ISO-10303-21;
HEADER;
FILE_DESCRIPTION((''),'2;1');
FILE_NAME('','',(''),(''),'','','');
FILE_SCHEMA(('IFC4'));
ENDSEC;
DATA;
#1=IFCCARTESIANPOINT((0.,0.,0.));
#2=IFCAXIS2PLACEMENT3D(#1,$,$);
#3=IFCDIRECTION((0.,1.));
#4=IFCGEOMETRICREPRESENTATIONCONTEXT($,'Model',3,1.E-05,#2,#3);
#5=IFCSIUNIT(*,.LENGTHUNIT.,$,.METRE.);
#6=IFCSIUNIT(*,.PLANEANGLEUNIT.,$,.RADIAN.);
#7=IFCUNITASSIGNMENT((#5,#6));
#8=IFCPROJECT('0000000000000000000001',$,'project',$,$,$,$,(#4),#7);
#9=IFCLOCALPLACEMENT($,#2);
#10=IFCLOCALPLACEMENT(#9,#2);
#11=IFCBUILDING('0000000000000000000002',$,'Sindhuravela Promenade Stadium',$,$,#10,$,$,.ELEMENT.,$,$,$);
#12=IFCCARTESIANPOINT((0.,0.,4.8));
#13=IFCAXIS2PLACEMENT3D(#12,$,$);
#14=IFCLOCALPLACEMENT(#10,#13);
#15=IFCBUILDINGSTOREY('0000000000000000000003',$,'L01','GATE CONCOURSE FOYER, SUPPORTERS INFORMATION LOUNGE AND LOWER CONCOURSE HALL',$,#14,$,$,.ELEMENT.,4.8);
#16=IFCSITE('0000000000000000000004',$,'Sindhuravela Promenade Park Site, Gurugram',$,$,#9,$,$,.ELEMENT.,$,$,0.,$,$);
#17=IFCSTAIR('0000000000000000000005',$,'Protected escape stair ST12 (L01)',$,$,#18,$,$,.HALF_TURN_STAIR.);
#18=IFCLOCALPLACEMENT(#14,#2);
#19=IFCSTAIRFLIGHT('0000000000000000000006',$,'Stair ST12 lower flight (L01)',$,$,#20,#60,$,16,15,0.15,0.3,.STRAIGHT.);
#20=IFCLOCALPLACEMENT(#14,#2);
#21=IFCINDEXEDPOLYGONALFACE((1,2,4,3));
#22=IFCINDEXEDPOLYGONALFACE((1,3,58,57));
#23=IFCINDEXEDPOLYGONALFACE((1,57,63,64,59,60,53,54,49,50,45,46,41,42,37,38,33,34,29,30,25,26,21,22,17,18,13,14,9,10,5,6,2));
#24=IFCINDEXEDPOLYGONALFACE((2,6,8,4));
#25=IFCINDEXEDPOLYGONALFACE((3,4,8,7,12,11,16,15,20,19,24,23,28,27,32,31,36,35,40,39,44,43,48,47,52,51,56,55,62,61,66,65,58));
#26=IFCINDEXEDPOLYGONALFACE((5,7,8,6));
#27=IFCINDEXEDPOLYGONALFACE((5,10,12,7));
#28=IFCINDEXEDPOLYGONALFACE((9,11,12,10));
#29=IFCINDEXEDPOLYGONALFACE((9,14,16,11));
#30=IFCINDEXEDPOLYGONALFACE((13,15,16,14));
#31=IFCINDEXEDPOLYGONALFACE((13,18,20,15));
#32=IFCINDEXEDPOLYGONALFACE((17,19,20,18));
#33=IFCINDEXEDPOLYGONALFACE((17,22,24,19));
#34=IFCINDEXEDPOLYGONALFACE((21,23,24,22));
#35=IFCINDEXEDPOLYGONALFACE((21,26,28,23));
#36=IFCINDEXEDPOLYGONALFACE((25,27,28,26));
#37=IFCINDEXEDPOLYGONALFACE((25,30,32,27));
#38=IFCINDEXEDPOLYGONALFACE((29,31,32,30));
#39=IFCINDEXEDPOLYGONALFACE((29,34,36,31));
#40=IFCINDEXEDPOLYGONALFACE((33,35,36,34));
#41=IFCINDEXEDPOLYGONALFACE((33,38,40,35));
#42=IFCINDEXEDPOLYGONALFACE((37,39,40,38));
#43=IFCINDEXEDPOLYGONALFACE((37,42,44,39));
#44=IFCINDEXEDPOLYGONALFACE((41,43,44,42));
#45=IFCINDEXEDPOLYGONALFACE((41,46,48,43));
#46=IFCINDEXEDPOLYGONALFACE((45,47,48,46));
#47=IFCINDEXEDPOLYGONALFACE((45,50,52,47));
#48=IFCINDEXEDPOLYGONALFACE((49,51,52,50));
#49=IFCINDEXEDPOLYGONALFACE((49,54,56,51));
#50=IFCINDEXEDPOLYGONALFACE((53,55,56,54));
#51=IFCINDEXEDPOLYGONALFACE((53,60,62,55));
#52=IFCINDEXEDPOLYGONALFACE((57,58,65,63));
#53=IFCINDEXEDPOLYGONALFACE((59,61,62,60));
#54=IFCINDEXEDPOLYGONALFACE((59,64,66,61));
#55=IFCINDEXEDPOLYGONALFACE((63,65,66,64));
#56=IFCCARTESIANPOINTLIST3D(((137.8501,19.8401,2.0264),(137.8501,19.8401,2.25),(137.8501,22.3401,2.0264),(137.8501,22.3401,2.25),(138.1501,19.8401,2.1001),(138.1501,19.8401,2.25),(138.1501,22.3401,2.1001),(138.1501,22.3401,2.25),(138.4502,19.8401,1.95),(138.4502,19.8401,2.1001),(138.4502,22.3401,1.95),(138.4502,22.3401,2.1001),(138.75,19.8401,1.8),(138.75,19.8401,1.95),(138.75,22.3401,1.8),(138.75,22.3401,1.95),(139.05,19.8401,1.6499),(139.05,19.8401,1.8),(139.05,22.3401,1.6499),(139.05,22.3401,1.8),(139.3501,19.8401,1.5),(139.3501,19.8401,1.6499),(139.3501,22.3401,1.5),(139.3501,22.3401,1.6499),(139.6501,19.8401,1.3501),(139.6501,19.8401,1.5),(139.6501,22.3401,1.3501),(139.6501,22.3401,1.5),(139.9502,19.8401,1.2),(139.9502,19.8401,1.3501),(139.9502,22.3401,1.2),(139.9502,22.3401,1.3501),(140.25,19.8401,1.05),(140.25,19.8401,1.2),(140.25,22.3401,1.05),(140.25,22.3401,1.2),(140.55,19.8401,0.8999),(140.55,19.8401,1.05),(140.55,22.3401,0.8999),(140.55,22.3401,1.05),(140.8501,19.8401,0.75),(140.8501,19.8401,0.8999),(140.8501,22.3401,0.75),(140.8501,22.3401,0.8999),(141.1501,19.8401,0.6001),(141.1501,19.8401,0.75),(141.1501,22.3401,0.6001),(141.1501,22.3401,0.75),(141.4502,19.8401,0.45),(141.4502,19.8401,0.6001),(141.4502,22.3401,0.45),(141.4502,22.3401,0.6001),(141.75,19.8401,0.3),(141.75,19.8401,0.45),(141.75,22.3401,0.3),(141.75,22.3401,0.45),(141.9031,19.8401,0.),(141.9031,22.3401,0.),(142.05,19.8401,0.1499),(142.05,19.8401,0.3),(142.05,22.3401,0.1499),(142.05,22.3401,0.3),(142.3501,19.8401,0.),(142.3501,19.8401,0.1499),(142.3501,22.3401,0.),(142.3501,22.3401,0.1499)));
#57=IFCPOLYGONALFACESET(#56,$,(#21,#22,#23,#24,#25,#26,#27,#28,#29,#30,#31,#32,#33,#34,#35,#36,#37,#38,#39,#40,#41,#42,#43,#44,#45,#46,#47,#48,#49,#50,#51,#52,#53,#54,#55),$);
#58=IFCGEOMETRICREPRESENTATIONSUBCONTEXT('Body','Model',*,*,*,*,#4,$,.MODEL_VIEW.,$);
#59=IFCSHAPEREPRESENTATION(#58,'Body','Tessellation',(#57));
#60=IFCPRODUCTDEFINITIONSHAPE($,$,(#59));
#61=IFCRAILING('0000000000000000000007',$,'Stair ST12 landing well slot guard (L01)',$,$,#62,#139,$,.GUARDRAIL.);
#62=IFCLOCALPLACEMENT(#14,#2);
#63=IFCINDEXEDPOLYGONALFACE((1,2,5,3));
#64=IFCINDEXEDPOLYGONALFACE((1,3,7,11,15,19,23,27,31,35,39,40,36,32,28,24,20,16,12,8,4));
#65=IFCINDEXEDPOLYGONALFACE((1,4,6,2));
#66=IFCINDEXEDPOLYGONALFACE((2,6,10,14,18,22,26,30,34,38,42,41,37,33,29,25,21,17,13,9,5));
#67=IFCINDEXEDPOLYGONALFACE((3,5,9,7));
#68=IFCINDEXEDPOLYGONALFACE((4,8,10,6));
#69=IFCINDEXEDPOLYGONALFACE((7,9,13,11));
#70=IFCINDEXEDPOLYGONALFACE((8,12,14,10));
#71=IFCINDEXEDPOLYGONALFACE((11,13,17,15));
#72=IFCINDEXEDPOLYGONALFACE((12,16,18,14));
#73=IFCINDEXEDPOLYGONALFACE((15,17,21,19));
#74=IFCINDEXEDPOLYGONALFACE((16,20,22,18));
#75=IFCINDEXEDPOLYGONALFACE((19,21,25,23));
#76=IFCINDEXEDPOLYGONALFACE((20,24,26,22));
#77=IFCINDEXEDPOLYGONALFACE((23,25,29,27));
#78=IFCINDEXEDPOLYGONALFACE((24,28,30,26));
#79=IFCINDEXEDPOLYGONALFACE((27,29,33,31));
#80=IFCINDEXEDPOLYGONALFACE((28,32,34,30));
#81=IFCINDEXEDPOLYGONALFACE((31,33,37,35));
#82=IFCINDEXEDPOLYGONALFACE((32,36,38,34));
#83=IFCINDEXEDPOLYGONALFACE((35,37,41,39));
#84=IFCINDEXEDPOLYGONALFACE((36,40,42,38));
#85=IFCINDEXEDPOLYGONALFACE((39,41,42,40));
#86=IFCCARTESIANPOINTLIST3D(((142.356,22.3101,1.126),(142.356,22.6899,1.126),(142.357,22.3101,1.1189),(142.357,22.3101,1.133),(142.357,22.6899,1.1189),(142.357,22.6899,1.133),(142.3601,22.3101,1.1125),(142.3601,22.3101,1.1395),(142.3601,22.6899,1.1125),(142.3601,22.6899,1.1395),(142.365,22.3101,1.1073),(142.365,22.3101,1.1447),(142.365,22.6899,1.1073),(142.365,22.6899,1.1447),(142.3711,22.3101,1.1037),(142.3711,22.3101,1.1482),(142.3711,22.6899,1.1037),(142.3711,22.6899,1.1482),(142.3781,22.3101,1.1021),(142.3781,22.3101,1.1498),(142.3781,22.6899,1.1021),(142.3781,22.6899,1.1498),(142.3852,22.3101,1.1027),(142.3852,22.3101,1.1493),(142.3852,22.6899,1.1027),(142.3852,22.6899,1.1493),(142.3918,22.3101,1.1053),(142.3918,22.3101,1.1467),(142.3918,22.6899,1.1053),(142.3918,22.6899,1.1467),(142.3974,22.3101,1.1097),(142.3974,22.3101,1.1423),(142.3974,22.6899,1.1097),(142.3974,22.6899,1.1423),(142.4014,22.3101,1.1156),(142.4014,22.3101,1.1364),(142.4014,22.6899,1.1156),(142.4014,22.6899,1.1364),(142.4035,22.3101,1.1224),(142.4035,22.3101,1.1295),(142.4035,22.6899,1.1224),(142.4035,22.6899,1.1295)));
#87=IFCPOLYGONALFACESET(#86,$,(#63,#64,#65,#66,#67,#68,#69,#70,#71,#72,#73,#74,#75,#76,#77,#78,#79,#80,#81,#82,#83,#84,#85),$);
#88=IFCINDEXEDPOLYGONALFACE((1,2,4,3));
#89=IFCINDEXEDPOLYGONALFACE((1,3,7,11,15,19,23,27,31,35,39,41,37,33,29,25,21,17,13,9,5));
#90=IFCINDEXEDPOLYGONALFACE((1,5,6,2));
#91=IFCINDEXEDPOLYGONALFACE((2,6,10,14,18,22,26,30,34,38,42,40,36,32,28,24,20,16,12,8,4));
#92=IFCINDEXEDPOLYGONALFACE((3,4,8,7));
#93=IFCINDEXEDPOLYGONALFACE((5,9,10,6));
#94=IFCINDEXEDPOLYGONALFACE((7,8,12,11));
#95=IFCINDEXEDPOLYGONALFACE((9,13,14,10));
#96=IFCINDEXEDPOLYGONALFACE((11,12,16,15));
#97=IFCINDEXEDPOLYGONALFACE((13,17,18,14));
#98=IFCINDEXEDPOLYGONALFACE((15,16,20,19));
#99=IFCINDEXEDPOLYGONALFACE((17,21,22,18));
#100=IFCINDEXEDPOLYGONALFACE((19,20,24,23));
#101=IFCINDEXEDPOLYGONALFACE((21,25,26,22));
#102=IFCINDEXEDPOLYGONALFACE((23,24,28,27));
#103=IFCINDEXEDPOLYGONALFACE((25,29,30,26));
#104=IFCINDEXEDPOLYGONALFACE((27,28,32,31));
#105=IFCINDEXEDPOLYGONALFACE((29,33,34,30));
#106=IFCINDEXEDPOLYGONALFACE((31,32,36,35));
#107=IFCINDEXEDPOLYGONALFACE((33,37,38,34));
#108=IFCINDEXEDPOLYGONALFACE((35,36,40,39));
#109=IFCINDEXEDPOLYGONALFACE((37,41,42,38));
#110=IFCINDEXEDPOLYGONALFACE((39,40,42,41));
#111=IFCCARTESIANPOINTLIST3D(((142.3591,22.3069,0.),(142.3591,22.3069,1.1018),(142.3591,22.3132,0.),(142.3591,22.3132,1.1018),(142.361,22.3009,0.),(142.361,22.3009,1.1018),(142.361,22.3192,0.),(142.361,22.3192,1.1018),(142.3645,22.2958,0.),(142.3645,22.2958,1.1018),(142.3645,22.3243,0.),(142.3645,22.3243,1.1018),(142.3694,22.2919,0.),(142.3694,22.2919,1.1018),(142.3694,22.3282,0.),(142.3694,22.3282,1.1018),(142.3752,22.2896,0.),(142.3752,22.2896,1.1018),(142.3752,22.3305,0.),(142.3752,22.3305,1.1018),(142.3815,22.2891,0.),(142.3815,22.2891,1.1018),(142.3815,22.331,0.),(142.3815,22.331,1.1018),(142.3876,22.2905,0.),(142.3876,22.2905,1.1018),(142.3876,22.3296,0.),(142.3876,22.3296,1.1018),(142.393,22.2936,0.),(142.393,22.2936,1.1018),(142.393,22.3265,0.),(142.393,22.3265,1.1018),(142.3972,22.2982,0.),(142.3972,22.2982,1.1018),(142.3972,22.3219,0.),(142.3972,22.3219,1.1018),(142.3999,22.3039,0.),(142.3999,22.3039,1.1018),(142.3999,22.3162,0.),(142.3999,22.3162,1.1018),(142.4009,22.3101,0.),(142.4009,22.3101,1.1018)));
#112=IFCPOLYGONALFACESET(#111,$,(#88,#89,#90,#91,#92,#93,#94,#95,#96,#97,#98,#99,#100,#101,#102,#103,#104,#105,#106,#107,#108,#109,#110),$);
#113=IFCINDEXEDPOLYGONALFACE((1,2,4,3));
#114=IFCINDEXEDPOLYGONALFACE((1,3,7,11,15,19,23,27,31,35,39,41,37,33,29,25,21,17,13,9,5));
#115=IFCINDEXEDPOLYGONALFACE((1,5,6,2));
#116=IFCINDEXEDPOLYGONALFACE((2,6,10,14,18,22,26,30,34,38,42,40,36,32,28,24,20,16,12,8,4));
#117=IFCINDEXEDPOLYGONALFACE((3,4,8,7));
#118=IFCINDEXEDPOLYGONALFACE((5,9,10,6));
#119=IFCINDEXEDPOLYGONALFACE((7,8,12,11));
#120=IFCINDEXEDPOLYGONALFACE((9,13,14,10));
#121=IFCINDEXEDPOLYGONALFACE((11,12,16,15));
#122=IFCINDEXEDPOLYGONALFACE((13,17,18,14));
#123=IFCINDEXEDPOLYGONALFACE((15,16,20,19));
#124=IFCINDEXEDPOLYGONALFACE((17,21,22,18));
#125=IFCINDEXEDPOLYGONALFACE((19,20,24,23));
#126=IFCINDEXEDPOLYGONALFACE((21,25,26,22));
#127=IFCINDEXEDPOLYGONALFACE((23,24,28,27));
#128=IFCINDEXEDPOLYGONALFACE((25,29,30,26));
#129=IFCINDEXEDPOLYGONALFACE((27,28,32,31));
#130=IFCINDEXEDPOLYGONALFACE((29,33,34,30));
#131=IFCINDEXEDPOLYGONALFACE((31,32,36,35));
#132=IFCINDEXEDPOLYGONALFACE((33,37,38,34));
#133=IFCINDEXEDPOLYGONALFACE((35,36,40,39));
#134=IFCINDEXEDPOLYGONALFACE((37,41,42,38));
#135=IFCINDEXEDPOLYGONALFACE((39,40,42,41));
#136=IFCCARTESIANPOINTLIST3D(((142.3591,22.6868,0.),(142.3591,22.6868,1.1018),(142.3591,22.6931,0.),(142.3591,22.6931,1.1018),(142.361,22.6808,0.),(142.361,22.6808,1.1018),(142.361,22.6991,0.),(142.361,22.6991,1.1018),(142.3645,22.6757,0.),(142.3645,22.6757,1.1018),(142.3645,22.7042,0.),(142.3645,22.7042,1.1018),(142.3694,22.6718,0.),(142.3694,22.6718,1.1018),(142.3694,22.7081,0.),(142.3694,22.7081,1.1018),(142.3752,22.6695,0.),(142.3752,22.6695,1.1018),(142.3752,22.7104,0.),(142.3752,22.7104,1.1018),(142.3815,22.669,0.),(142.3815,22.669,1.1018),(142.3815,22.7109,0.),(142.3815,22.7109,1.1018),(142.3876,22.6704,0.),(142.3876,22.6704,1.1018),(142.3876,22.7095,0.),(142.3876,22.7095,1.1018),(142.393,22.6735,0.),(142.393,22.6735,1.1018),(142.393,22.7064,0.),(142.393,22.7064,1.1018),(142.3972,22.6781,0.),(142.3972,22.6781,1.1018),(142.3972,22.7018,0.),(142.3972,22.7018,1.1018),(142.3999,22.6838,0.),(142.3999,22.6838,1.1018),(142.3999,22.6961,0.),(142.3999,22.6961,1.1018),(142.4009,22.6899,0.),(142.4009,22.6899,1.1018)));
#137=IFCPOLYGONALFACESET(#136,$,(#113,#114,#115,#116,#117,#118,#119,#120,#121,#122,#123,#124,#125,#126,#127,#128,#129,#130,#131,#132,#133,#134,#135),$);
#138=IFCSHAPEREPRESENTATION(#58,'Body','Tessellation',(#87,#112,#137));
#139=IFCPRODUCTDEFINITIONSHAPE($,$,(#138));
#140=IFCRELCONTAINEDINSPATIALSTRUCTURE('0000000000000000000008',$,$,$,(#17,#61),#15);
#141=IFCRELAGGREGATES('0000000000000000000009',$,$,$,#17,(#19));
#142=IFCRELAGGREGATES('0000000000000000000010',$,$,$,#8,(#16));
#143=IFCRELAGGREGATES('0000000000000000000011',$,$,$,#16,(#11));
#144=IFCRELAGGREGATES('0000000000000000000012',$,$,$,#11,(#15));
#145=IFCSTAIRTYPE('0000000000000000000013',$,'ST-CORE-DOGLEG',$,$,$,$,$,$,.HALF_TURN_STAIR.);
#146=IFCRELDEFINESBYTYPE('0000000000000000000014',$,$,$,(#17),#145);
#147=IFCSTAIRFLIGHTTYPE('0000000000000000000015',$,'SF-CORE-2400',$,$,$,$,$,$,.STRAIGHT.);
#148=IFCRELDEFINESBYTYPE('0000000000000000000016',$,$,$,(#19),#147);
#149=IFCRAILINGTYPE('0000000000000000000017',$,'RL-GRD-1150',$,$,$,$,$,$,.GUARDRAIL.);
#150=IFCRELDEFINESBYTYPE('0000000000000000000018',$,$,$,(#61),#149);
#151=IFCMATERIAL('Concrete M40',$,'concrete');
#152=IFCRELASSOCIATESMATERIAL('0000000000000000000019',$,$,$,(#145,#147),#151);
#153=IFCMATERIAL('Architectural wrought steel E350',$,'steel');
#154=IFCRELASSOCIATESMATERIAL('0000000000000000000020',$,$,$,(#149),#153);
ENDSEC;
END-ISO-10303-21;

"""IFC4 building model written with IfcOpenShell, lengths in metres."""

from ifc_helpers import new_model, si_unit, direction, frame, origin, origin_2d, place, context, subcontext, project, spatial, polyline, circle, outline, extrude, material, type_object, element, aggregate, save


model = new_model("IFC4")

# Units and contexts
model_context = context("Model", 3, precision=1e-05, world=origin(), true_north=direction((0.0, 1.0)))
body_context = subcontext(model_context, "Body", "Model", "MODEL_VIEW")
ifc_project = project(units=[si_unit("LENGTHUNIT", "METRE"), si_unit("PLANEANGLEUNIT", "RADIAN")], contexts=[model_context])

# Site, building, storey
site_placement = place(None, origin())
site = spatial("IfcSite", under=ifc_project, at=site_placement, Name="Sindhuravela Promenade Park Site, Gurugram", CompositionType="ELEMENT", RefElevation=0.0)
building_placement = place(site_placement, origin())
building = spatial("IfcBuilding", under=site, at=building_placement, Name="Sindhuravela Promenade Stadium", CompositionType="ELEMENT")
storey_placement = place(building_placement, frame((0.0, 0.0, 4.8)))
storey = spatial("IfcBuildingStorey", under=building, at=storey_placement, Name="L01", Description="GATE CONCOURSE FOYER, SUPPORTERS INFORMATION LOUNGE AND LOWER CONCOURSE HALL", CompositionType="ELEMENT", Elevation=4.8)

# Shared definitions
ifc_material_1 = material(Name="Concrete M40", Category="concrete")

# Shared definitions
ifc_material_2 = material(Name="Architectural wrought steel E350", Category="steel")

# Stair, stair flight
stair_type = type_object("IfcStairType", Name="ST-CORE-DOGLEG", PredefinedType="HALF_TURN_STAIR", material=ifc_material_1)
stair_placement = place(storey_placement, origin())
stair = element("IfcStair", 1, at=stair_placement, inside=storey, type_object=stair_type, Name="Protected escape stair ST12 (L01)", PredefinedType="HALF_TURN_STAIR")
stair_flight_type = type_object("IfcStairFlightType", Name="SF-CORE-2400", PredefinedType="STRAIGHT", material=ifc_material_1)
stair_flight_placement = place(storey_placement, frame((142.3501, 21.0901, 0.0), z_axis=(0.0, 0.0, 1.0), x_axis=(-1.0, 0.0, 0.0)))
stair_flight = element("IfcStairFlight", 2, at=stair_flight_placement, type_object=stair_flight_type, Name="Stair ST12 lower flight (L01)", NumberOfRisers=16, NumberOfTreads=15, PredefinedType="STRAIGHT", RiserHeight=0.15, TreadLength=0.3, context=body_context, shape_type="SweptSolid", body=[
    extrude(outline(polyline([(0.0, 0.0), (0.0, 0.1499), (0.3, 0.1499), (0.3, 0.3), (0.6001, 0.3), (0.6001, 0.45), (0.8999, 0.45), (0.8999, 0.6001), (1.2, 0.6001), (1.2, 0.75), (1.5, 0.75), (1.5, 0.8999), (1.8, 0.8999), (1.8, 1.05), (2.1001, 1.05), (2.1001, 1.2), (2.3999, 1.2), (2.3999, 1.3501), (2.7, 1.3501), (2.7, 1.5), (3.0, 1.5), (3.0, 1.6499), (3.3, 1.6499), (3.3, 1.8), (3.6001, 1.8), (3.6001, 1.95), (3.8999, 1.95), (3.8999, 2.1001), (4.2, 2.1001), (4.2, 2.25), (4.5, 2.25), (4.5, 2.3999), (4.5, 2.0264), (0.447, 0.0), (0.0, 0.0)])), frame((0.0, 1.25, 0.0), z_axis=(0.0, -1.0, 0.0), x_axis=(1.0, 0.0, 0.0)), (0.0, 0.0, 1.0), 2.5),
])
aggregate(stair, [stair_flight])

# Railing
railing_type_1 = type_object("IfcRailingType", Name="RL-GRD-1150", PredefinedType="GUARDRAIL", material=ifc_material_2)
railing_1_placement = place(storey_placement, frame((142.3799, 22.3101, 0.0)))
element("IfcRailing", 3, at=railing_1_placement, inside=storey, type_object=railing_type_1, Name="Stair ST12 landing well slot guard (L01)", PredefinedType="GUARDRAIL", context=body_context, shape_type="SweptSolid", body=[
    extrude(circle(Radius=0.0239, at=origin_2d()), frame((0.0, 0.0, 1.126), z_axis=(0.0, 1.0, 0.0), x_axis=(-1.0, 0.0, 0.0)), (0.0, 0.0, 1.0), 0.3799),
    extrude(circle(Radius=0.021, at=origin_2d()), origin(), (0.0, 0.0, 1.0), 1.1018),
    extrude(circle(Radius=0.021, at=origin_2d()), frame((0.0, 0.3799, 0.0)), (0.0, 0.0, 1.0), 1.1018),
])

save(model, "model.ifc")
